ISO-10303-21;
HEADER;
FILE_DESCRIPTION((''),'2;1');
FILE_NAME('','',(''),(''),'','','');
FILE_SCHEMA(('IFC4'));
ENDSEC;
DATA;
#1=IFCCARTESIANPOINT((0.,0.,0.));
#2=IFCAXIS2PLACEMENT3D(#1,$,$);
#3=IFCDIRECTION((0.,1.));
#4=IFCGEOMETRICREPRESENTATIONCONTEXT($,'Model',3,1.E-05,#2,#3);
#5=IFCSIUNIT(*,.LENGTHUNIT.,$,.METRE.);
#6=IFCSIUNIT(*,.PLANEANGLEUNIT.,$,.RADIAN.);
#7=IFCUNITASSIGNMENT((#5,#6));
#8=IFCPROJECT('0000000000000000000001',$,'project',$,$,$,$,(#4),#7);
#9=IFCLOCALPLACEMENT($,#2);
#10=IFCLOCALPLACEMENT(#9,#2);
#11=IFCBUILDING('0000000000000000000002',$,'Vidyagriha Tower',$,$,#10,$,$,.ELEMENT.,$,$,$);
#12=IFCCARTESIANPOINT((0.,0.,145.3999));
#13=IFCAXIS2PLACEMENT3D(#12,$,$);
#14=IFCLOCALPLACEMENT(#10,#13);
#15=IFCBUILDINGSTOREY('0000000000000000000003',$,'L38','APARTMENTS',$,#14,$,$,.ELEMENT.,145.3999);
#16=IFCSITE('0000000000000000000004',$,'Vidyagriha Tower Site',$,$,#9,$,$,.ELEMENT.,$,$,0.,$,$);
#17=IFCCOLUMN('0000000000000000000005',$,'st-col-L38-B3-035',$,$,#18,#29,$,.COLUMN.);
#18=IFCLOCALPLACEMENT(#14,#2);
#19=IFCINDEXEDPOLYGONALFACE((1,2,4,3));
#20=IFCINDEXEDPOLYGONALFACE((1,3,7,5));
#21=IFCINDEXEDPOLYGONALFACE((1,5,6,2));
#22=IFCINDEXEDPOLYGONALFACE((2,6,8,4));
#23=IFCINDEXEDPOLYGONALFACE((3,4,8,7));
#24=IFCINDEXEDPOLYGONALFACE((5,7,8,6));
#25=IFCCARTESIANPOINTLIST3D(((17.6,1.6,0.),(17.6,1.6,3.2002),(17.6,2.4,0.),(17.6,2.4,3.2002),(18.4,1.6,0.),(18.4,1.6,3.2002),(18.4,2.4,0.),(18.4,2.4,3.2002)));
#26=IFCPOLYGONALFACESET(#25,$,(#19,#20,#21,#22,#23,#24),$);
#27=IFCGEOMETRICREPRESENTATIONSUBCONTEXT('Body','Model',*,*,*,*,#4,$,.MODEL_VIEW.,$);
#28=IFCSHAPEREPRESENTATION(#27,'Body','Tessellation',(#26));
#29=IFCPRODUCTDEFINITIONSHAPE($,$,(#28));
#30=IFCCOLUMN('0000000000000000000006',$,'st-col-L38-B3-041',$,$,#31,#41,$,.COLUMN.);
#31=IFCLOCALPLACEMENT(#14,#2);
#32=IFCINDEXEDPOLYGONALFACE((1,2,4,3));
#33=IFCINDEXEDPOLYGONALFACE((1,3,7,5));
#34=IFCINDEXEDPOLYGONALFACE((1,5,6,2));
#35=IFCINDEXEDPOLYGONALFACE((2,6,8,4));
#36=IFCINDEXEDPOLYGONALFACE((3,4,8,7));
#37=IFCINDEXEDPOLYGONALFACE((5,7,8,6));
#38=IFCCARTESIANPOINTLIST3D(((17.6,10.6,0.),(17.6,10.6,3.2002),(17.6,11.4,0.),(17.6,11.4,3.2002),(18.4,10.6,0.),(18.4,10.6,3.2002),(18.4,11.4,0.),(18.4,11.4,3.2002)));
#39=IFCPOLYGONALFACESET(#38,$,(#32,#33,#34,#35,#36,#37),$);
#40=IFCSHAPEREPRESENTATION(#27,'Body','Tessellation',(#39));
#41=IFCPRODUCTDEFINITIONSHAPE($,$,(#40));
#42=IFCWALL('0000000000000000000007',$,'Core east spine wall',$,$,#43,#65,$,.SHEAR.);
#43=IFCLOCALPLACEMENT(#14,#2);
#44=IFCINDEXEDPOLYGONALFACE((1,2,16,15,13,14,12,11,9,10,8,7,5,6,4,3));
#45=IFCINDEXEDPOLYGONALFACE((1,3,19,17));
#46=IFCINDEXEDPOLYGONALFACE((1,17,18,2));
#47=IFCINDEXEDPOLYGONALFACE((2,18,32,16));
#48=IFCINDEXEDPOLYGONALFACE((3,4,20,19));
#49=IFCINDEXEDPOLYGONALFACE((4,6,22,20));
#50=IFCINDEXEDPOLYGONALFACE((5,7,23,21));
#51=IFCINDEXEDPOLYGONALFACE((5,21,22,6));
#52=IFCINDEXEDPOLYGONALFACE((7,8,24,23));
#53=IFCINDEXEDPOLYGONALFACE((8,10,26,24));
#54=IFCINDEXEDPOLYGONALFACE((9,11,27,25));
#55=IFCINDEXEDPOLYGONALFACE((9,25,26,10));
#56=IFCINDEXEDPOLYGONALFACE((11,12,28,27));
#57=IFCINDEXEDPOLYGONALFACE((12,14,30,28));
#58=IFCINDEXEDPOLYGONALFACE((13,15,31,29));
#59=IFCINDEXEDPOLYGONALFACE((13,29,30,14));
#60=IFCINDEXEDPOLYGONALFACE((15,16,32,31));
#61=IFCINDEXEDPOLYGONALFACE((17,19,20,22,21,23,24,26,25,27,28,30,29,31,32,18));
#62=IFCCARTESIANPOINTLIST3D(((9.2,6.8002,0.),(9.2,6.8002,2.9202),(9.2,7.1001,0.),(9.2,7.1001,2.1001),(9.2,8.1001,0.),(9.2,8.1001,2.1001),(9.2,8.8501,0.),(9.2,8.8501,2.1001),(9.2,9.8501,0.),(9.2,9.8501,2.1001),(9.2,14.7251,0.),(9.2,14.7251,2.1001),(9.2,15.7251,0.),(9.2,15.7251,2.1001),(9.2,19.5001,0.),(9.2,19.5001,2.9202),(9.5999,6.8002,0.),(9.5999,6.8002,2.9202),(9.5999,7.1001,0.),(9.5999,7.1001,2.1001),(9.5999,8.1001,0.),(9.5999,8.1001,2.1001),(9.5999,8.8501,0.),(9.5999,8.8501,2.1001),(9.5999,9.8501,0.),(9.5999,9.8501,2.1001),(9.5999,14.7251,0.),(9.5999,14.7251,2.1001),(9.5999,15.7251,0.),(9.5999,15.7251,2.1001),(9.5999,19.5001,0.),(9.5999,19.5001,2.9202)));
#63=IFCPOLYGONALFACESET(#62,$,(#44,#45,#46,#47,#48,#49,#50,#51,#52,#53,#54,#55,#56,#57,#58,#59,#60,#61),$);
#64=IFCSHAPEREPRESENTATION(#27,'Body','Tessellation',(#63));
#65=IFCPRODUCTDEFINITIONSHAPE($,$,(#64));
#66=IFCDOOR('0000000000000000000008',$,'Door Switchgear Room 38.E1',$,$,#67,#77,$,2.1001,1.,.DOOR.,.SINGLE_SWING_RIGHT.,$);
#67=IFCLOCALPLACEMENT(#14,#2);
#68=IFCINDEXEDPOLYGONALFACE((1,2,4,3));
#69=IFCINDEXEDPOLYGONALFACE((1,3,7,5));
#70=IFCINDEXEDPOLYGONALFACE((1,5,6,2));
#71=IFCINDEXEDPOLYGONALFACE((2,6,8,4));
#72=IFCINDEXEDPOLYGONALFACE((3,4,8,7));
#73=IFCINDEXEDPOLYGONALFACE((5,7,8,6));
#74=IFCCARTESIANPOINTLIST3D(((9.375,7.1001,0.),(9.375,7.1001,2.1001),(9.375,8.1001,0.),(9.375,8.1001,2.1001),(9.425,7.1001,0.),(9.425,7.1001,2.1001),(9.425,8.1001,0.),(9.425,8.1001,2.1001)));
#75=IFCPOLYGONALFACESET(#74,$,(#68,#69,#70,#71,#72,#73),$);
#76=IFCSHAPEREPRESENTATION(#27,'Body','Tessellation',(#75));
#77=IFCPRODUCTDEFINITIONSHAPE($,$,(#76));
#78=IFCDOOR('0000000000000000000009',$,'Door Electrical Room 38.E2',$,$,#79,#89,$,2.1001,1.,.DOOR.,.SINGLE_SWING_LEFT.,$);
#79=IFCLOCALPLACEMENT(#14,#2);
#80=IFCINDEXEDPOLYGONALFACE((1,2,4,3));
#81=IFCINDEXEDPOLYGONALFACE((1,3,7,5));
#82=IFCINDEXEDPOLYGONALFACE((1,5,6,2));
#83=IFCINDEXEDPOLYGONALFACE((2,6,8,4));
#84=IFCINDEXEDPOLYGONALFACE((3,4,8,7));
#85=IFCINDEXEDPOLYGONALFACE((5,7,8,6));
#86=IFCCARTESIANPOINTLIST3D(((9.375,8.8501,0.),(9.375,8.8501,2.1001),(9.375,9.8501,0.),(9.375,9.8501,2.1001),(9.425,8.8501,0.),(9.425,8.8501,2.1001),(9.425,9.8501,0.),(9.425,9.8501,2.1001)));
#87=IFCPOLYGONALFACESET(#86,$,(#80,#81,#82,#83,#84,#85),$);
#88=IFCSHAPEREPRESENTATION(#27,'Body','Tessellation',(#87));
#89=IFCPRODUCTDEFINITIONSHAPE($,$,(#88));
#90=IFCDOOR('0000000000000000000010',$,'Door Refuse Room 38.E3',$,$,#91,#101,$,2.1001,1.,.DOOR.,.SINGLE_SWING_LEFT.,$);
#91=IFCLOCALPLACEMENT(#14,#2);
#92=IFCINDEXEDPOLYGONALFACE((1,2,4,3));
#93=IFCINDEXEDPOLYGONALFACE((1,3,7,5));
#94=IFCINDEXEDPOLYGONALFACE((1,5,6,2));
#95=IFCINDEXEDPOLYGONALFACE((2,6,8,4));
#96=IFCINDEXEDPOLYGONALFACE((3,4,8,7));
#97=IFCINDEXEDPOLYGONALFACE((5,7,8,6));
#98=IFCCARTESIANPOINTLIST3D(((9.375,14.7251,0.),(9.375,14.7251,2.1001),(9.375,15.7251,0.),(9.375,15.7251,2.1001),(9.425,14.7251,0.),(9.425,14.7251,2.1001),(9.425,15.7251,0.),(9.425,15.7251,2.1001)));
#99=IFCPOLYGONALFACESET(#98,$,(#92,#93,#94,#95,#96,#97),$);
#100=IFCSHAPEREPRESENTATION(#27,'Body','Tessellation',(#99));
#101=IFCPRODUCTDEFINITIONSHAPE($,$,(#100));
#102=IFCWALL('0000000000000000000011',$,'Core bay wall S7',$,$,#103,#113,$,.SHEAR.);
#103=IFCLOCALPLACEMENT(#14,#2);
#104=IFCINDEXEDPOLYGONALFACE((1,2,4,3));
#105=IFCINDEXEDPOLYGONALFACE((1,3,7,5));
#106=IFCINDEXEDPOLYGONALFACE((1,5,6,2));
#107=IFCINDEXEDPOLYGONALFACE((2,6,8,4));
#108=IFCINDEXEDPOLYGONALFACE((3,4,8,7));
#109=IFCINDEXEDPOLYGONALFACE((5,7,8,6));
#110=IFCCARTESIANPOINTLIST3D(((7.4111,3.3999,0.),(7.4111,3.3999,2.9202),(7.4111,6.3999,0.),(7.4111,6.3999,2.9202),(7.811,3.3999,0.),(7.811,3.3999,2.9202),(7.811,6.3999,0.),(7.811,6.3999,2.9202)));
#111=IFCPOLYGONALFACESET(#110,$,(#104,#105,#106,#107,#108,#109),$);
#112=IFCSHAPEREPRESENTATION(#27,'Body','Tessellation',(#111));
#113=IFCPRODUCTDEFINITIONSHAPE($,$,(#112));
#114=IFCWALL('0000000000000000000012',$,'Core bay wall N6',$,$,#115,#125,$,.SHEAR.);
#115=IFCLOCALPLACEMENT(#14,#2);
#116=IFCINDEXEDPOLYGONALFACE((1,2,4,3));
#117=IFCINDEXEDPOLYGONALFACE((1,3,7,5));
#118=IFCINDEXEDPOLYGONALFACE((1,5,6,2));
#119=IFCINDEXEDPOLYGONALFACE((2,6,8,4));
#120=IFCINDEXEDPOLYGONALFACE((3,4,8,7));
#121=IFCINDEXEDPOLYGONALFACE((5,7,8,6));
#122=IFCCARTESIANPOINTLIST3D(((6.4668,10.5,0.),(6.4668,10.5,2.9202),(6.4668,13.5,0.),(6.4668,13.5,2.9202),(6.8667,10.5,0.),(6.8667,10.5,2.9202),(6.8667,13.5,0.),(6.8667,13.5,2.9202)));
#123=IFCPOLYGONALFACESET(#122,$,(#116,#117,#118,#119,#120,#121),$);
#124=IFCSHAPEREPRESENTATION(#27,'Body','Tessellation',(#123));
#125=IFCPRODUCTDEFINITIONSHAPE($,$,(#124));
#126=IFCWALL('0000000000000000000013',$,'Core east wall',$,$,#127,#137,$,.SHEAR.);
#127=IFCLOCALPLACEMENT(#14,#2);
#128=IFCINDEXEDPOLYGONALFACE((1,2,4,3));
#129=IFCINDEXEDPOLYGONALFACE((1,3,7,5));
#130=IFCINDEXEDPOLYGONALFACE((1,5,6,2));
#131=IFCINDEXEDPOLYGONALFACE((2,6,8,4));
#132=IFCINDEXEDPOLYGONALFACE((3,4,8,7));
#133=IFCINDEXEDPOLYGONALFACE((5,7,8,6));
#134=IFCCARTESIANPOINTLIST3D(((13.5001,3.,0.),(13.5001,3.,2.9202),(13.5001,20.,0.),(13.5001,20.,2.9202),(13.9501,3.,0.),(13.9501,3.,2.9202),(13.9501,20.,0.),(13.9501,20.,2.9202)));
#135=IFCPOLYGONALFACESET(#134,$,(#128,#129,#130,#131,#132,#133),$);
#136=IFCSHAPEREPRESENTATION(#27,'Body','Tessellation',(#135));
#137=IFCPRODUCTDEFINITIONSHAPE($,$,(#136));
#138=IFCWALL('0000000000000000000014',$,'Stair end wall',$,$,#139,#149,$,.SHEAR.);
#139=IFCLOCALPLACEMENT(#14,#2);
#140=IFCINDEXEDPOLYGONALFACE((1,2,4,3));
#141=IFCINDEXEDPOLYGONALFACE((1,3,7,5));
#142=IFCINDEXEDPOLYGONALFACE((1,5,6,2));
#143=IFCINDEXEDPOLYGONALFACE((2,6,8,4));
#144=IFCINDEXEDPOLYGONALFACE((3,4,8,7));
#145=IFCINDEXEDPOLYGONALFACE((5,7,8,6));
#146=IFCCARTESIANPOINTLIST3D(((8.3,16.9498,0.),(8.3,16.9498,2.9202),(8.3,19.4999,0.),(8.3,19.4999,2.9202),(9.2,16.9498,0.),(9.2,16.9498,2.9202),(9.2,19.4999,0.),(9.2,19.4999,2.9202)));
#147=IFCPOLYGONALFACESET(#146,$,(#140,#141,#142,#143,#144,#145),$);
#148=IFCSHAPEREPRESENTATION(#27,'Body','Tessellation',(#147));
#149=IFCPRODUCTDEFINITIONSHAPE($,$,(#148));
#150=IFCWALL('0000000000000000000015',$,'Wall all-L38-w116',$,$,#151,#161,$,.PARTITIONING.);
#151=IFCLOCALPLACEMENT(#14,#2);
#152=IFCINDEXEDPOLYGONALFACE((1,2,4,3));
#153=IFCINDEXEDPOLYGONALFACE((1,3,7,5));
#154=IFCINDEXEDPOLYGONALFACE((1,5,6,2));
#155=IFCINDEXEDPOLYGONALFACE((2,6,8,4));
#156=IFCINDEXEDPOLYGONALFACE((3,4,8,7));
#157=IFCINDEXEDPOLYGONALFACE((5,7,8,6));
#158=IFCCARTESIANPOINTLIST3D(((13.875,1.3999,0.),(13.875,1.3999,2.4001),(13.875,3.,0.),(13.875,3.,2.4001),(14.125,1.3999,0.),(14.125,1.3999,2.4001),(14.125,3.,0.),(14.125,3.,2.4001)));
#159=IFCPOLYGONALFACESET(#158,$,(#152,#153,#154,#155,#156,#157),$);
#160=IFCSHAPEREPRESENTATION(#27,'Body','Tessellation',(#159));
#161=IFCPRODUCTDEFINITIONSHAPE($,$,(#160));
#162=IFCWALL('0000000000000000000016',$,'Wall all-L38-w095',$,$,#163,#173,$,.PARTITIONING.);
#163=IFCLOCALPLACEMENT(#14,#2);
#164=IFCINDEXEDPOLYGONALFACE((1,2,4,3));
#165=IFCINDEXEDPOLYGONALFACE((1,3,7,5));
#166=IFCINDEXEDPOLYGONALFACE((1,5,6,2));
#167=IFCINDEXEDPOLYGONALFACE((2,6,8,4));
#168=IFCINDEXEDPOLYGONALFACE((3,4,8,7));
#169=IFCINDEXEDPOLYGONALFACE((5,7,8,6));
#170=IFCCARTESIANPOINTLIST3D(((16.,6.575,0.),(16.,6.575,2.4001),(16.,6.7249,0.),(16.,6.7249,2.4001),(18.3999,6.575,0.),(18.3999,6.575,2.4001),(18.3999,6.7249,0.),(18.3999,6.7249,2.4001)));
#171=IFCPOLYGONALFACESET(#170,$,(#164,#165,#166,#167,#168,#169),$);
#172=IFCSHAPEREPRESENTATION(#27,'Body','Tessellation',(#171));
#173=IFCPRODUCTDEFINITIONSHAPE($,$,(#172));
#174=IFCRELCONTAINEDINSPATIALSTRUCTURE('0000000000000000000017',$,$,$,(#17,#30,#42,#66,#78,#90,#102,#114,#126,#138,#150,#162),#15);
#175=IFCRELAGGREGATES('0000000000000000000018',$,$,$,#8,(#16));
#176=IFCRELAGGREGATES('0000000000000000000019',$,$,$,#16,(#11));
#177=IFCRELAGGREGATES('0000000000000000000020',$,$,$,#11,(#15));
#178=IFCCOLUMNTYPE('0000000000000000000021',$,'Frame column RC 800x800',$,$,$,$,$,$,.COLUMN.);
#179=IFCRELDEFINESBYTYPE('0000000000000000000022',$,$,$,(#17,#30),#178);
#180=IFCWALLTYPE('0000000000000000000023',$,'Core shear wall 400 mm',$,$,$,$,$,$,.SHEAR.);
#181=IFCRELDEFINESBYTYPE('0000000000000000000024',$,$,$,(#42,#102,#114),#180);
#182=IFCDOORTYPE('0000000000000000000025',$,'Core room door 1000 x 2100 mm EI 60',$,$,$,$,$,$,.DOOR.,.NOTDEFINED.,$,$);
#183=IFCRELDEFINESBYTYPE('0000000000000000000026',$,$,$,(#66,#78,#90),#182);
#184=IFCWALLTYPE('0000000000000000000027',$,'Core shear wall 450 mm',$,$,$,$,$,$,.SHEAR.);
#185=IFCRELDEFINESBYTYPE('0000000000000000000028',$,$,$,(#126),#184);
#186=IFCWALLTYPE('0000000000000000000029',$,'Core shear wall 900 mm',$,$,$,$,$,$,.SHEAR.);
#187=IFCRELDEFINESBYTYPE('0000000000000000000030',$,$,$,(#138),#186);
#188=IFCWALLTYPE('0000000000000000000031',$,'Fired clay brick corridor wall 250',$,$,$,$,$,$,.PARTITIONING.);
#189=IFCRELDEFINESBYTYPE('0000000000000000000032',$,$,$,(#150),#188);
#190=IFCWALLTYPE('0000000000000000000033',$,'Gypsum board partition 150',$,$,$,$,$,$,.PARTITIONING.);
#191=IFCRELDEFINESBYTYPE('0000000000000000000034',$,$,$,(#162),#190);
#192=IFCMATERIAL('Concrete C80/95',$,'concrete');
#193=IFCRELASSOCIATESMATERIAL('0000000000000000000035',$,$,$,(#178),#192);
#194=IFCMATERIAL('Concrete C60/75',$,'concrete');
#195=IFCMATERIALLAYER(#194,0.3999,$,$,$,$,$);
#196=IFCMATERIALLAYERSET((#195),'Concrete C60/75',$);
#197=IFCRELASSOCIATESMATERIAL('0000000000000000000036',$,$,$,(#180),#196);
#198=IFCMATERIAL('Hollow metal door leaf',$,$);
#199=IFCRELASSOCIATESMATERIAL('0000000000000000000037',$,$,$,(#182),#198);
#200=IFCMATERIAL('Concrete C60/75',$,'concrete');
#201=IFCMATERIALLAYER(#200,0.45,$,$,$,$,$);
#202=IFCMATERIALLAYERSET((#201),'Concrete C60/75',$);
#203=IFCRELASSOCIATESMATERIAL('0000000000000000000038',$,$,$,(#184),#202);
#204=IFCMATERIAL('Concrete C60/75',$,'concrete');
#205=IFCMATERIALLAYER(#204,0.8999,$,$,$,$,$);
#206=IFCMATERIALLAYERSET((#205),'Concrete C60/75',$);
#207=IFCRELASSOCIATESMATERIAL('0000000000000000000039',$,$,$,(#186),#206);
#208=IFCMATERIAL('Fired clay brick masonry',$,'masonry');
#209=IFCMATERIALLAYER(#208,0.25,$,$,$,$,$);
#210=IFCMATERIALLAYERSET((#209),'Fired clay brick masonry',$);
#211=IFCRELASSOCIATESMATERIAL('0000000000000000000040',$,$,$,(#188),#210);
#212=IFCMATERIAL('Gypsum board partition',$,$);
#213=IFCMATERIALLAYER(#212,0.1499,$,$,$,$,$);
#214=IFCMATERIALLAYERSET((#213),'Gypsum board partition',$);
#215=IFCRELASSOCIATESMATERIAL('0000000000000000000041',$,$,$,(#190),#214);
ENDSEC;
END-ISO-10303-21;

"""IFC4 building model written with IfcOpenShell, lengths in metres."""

from ifc_helpers import new_model, si_unit, direction, frame, frame_2d, origin, origin_2d, place, context, subcontext, project, spatial, rectangle, extrude, material, layer, layer_set, material_profile, profile_set, type_object, element, fill, save


model = new_model("IFC4")

# Units and contexts
model_context = context("Model", 3, precision=1e-05, world=origin(), true_north=direction((0.0, 1.0)))
body_context = subcontext(model_context, "Body", "Model", "MODEL_VIEW")
ifc_project = project(units=[si_unit("LENGTHUNIT", "METRE"), si_unit("PLANEANGLEUNIT", "RADIAN")], contexts=[model_context])

# Site, building, storey
site_placement = place(None, origin())
site = spatial("IfcSite", under=ifc_project, at=site_placement, Name="Vidyagriha Tower Site", CompositionType="ELEMENT", RefElevation=0.0)
building_placement = place(site_placement, origin())
building = spatial("IfcBuilding", under=site, at=building_placement, Name="Vidyagriha Tower", CompositionType="ELEMENT")
storey_placement = place(building_placement, frame((0.0, 0.0, 145.3999)))
storey = spatial("IfcBuildingStorey", under=building, at=storey_placement, Name="L38", Description="APARTMENTS", CompositionType="ELEMENT", Elevation=145.3999)

# Columns
ifc_material_1 = material(Name="Concrete C80/95", Category="concrete")
ifc_material_profile = material_profile(ifc_material_1, rectangle(XDim=0.8, YDim=0.8, at=origin_2d()), Name="RC 800x800")
ifc_profile_set = profile_set([ifc_material_profile], Name="Concrete C80/95")
column_type = type_object("IfcColumnType", Name="Frame column RC 800x800", PredefinedType="COLUMN", material=ifc_profile_set)
for number, where, name in (
    (1, (18.0, 2.0, 0.0), "st-col-L38-B3-035"),
    (2, (18.0, 11.0, 0.0), "st-col-L38-B3-041"),
):
    element("IfcColumn", number, at=place(storey_placement, frame(where)), inside=storey, type_object=column_type, Name=name, PredefinedType="COLUMN", context=body_context, shape_type="SweptSolid", body=[
        extrude(rectangle(XDim=0.8, YDim=0.8, at=origin_2d()), origin(), (0.0, 0.0, 1.0), 3.2002),
    ])

# Wall, openings, doors
ifc_material_2 = material(Name="Concrete C60/75", Category="concrete")
ifc_layer_1 = layer(ifc_material_2, 0.3999)
ifc_layer_set_1 = layer_set([ifc_layer_1], Name="Concrete C60/75")
wall_type_1 = type_object("IfcWallType", Name="Core shear wall 400 mm", PredefinedType="SHEAR", material=ifc_layer_set_1)
wall_1_placement = place(storey_placement, frame((9.3999, 6.8, 0.0), z_axis=(0.0, 0.0, 1.0), x_axis=(0.0, 1.0, 0.0)))
wall_1 = element("IfcWall", 3, at=wall_1_placement, inside=storey, type_object=wall_type_1, Name="Core east spine wall", PredefinedType="SHEAR", context=body_context, shape_type="SweptSolid", body=[
    extrude(rectangle(XDim=12.7, YDim=0.3999, at=frame_2d((6.3501, 0.0))), origin(), (0.0, 0.0, 1.0), 2.9202),
])
opening_1_placement = place(wall_1_placement, frame((0.3, 0.0, 0.0)))
opening_1 = element("IfcOpeningElement", 4, at=opening_1_placement, cuts=wall_1, PredefinedType="OPENING", context=body_context, shape_type="SweptSolid", body=[
    extrude(rectangle(XDim=1.0, YDim=2.1001, at=frame_2d((0.5, 1.05))), frame((0.0, 0.21, 0.0), z_axis=(0.0, -1.0, 0.0), x_axis=(1.0, 0.0, 0.0)), (0.0, 0.0, 1.0), 0.4199),
])
opening_2_placement = place(wall_1_placement, frame((2.05, 0.0, 0.0)))
opening_2 = element("IfcOpeningElement", 5, at=opening_2_placement, cuts=wall_1, PredefinedType="OPENING", context=body_context, shape_type="SweptSolid", body=[
    extrude(rectangle(XDim=1.0, YDim=2.1001, at=frame_2d((0.5, 1.05))), frame((0.0, 0.21, 0.0), z_axis=(0.0, -1.0, 0.0), x_axis=(1.0, 0.0, 0.0)), (0.0, 0.0, 1.0), 0.4199),
])
opening_3_placement = place(wall_1_placement, frame((7.925, 0.0, 0.0)))
opening_3 = element("IfcOpeningElement", 6, at=opening_3_placement, cuts=wall_1, PredefinedType="OPENING", context=body_context, shape_type="SweptSolid", body=[
    extrude(rectangle(XDim=1.0, YDim=2.1001, at=frame_2d((0.5, 1.05))), frame((0.0, 0.21, 0.0), z_axis=(0.0, -1.0, 0.0), x_axis=(1.0, 0.0, 0.0)), (0.0, 0.0, 1.0), 0.4199),
])
ifc_material_3 = material(Name="Hollow metal door leaf")
door_type_1 = type_object("IfcDoorType", Name="Core room door 1000 x 2100 mm EI 60", OperationType="NOTDEFINED", PredefinedType="DOOR", material=ifc_material_3)
door_1_placement = place(opening_1_placement, origin())
door_1 = element("IfcDoor", 7, at=door_1_placement, inside=storey, type_object=door_type_1, Name="Door Switchgear Room 38.E1", OperationType="SINGLE_SWING_RIGHT", OverallHeight=2.1001, OverallWidth=1.0, PredefinedType="DOOR", context=body_context, shape_type="SweptSolid", body=[
    extrude(rectangle(XDim=1.0, YDim=2.1001, at=frame_2d((0.5, 1.05))), frame((0.0, 0.0249, 0.0), z_axis=(0.0, -1.0, 0.0), x_axis=(1.0, 0.0, 0.0)), (0.0, 0.0, 1.0), 0.05),
])
fill(opening_1, door_1)
door_2_placement = place(opening_2_placement, origin())
door_2 = element("IfcDoor", 8, at=door_2_placement, inside=storey, type_object=door_type_1, Name="Door Electrical Room 38.E2", OperationType="SINGLE_SWING_LEFT", OverallHeight=2.1001, OverallWidth=1.0, PredefinedType="DOOR", context=body_context, shape_type="SweptSolid", body=[
    extrude(rectangle(XDim=1.0, YDim=2.1001, at=frame_2d((0.5, 1.05))), frame((0.0, 0.0249, 0.0), z_axis=(0.0, -1.0, 0.0), x_axis=(1.0, 0.0, 0.0)), (0.0, 0.0, 1.0), 0.05),
])
fill(opening_2, door_2)
door_3_placement = place(opening_3_placement, origin())
door_3 = element("IfcDoor", 9, at=door_3_placement, inside=storey, type_object=door_type_1, Name="Door Refuse Room 38.E3", OperationType="SINGLE_SWING_LEFT", OverallHeight=2.1001, OverallWidth=1.0, PredefinedType="DOOR", context=body_context, shape_type="SweptSolid", body=[
    extrude(rectangle(XDim=1.0, YDim=2.1001, at=frame_2d((0.5, 1.05))), frame((0.0, 0.0249, 0.0), z_axis=(0.0, -1.0, 0.0), x_axis=(1.0, 0.0, 0.0)), (0.0, 0.0, 1.0), 0.05),
])
fill(opening_3, door_3)

# Walls
for number, where, z_axis, x_axis, name in (
    (10, (7.6111, 3.3999, 0.0), (0.0, 0.0, 1.0), (0.0, 1.0, 0.0), "Core bay wall S7"),
    (11, (6.6667, 10.5, 0.0), (0.0, 0.0, 1.0), (0.0, 1.0, 0.0), "Core bay wall N6"),
):
    element("IfcWall", number, at=place(storey_placement, frame(where, z_axis=z_axis, x_axis=x_axis)), inside=storey, type_object=wall_type_1, Name=name, PredefinedType="SHEAR", context=body_context, shape_type="SweptSolid", body=[
        extrude(rectangle(XDim=3.0, YDim=0.3999, at=frame_2d((1.5, 0.0))), origin(), (0.0, 0.0, 1.0), 2.9202),
    ])
ifc_material_4 = material(Name="Concrete C60/75", Category="concrete")
ifc_layer_2 = layer(ifc_material_4, 0.45)
ifc_layer_set_2 = layer_set([ifc_layer_2], Name="Concrete C60/75")
wall_type_2 = type_object("IfcWallType", Name="Core shear wall 450 mm", PredefinedType="SHEAR", material=ifc_layer_set_2)
wall_2_placement = place(storey_placement, frame((13.7251, 3.0, 0.0), z_axis=(0.0, 0.0, 1.0), x_axis=(0.0, 1.0, 0.0)))
element("IfcWall", 12, at=wall_2_placement, inside=storey, type_object=wall_type_2, Name="Core east wall", PredefinedType="SHEAR", context=body_context, shape_type="SweptSolid", body=[
    extrude(rectangle(XDim=17.0, YDim=0.45, at=frame_2d((8.5, 0.0))), origin(), (0.0, 0.0, 1.0), 2.9202),
])
ifc_material_5 = material(Name="Concrete C60/75", Category="concrete")
ifc_layer_3 = layer(ifc_material_5, 0.8999)
ifc_layer_set_3 = layer_set([ifc_layer_3], Name="Concrete C60/75")
wall_type_3 = type_object("IfcWallType", Name="Core shear wall 900 mm", PredefinedType="SHEAR", material=ifc_layer_set_3)
wall_3_placement = place(storey_placement, frame((8.75, 16.95, 0.0), z_axis=(0.0, 0.0, 1.0), x_axis=(0.0, 1.0, 0.0)))
element("IfcWall", 13, at=wall_3_placement, inside=storey, type_object=wall_type_3, Name="Stair end wall", PredefinedType="SHEAR", context=body_context, shape_type="SweptSolid", body=[
    extrude(rectangle(XDim=2.55, YDim=0.8999, at=frame_2d((1.2749, 0.0))), origin(), (0.0, 0.0, 1.0), 2.9202),
])
ifc_material_6 = material(Name="Fired clay brick masonry", Category="masonry")
ifc_layer_4 = layer(ifc_material_6, 0.25)
ifc_layer_set_4 = layer_set([ifc_layer_4], Name="Fired clay brick masonry")
wall_type_4 = type_object("IfcWallType", Name="Fired clay brick corridor wall 250", PredefinedType="PARTITIONING", material=ifc_layer_set_4)
wall_4_placement = place(storey_placement, frame((14.0, 1.3999, 0.0), z_axis=(0.0, 0.0, 1.0), x_axis=(0.0, 1.0, 0.0)))
element("IfcWall", 14, at=wall_4_placement, inside=storey, type_object=wall_type_4, Name="Wall all-L38-w116", PredefinedType="PARTITIONING", context=body_context, shape_type="SweptSolid", body=[
    extrude(rectangle(XDim=1.6001, YDim=0.25, at=frame_2d((0.8, 0.0))), origin(), (0.0, 0.0, 1.0), 2.4001),
])
ifc_material_7 = material(Name="Gypsum board partition")
ifc_layer_5 = layer(ifc_material_7, 0.1499)
ifc_layer_set_5 = layer_set([ifc_layer_5], Name="Gypsum board partition")
wall_type_5 = type_object("IfcWallType", Name="Gypsum board partition 150", PredefinedType="PARTITIONING", material=ifc_layer_set_5)
wall_5_placement = place(storey_placement, frame((16.0, 6.6499, 0.0)))
element("IfcWall", 15, at=wall_5_placement, inside=storey, type_object=wall_type_5, Name="Wall all-L38-w095", PredefinedType="PARTITIONING", context=body_context, shape_type="SweptSolid", body=[
    extrude(rectangle(XDim=2.3999, YDim=0.1499, at=frame_2d((1.2, 0.0))), origin(), (0.0, 0.0, 1.0), 2.4001),
])

save(model, "model.ifc")
